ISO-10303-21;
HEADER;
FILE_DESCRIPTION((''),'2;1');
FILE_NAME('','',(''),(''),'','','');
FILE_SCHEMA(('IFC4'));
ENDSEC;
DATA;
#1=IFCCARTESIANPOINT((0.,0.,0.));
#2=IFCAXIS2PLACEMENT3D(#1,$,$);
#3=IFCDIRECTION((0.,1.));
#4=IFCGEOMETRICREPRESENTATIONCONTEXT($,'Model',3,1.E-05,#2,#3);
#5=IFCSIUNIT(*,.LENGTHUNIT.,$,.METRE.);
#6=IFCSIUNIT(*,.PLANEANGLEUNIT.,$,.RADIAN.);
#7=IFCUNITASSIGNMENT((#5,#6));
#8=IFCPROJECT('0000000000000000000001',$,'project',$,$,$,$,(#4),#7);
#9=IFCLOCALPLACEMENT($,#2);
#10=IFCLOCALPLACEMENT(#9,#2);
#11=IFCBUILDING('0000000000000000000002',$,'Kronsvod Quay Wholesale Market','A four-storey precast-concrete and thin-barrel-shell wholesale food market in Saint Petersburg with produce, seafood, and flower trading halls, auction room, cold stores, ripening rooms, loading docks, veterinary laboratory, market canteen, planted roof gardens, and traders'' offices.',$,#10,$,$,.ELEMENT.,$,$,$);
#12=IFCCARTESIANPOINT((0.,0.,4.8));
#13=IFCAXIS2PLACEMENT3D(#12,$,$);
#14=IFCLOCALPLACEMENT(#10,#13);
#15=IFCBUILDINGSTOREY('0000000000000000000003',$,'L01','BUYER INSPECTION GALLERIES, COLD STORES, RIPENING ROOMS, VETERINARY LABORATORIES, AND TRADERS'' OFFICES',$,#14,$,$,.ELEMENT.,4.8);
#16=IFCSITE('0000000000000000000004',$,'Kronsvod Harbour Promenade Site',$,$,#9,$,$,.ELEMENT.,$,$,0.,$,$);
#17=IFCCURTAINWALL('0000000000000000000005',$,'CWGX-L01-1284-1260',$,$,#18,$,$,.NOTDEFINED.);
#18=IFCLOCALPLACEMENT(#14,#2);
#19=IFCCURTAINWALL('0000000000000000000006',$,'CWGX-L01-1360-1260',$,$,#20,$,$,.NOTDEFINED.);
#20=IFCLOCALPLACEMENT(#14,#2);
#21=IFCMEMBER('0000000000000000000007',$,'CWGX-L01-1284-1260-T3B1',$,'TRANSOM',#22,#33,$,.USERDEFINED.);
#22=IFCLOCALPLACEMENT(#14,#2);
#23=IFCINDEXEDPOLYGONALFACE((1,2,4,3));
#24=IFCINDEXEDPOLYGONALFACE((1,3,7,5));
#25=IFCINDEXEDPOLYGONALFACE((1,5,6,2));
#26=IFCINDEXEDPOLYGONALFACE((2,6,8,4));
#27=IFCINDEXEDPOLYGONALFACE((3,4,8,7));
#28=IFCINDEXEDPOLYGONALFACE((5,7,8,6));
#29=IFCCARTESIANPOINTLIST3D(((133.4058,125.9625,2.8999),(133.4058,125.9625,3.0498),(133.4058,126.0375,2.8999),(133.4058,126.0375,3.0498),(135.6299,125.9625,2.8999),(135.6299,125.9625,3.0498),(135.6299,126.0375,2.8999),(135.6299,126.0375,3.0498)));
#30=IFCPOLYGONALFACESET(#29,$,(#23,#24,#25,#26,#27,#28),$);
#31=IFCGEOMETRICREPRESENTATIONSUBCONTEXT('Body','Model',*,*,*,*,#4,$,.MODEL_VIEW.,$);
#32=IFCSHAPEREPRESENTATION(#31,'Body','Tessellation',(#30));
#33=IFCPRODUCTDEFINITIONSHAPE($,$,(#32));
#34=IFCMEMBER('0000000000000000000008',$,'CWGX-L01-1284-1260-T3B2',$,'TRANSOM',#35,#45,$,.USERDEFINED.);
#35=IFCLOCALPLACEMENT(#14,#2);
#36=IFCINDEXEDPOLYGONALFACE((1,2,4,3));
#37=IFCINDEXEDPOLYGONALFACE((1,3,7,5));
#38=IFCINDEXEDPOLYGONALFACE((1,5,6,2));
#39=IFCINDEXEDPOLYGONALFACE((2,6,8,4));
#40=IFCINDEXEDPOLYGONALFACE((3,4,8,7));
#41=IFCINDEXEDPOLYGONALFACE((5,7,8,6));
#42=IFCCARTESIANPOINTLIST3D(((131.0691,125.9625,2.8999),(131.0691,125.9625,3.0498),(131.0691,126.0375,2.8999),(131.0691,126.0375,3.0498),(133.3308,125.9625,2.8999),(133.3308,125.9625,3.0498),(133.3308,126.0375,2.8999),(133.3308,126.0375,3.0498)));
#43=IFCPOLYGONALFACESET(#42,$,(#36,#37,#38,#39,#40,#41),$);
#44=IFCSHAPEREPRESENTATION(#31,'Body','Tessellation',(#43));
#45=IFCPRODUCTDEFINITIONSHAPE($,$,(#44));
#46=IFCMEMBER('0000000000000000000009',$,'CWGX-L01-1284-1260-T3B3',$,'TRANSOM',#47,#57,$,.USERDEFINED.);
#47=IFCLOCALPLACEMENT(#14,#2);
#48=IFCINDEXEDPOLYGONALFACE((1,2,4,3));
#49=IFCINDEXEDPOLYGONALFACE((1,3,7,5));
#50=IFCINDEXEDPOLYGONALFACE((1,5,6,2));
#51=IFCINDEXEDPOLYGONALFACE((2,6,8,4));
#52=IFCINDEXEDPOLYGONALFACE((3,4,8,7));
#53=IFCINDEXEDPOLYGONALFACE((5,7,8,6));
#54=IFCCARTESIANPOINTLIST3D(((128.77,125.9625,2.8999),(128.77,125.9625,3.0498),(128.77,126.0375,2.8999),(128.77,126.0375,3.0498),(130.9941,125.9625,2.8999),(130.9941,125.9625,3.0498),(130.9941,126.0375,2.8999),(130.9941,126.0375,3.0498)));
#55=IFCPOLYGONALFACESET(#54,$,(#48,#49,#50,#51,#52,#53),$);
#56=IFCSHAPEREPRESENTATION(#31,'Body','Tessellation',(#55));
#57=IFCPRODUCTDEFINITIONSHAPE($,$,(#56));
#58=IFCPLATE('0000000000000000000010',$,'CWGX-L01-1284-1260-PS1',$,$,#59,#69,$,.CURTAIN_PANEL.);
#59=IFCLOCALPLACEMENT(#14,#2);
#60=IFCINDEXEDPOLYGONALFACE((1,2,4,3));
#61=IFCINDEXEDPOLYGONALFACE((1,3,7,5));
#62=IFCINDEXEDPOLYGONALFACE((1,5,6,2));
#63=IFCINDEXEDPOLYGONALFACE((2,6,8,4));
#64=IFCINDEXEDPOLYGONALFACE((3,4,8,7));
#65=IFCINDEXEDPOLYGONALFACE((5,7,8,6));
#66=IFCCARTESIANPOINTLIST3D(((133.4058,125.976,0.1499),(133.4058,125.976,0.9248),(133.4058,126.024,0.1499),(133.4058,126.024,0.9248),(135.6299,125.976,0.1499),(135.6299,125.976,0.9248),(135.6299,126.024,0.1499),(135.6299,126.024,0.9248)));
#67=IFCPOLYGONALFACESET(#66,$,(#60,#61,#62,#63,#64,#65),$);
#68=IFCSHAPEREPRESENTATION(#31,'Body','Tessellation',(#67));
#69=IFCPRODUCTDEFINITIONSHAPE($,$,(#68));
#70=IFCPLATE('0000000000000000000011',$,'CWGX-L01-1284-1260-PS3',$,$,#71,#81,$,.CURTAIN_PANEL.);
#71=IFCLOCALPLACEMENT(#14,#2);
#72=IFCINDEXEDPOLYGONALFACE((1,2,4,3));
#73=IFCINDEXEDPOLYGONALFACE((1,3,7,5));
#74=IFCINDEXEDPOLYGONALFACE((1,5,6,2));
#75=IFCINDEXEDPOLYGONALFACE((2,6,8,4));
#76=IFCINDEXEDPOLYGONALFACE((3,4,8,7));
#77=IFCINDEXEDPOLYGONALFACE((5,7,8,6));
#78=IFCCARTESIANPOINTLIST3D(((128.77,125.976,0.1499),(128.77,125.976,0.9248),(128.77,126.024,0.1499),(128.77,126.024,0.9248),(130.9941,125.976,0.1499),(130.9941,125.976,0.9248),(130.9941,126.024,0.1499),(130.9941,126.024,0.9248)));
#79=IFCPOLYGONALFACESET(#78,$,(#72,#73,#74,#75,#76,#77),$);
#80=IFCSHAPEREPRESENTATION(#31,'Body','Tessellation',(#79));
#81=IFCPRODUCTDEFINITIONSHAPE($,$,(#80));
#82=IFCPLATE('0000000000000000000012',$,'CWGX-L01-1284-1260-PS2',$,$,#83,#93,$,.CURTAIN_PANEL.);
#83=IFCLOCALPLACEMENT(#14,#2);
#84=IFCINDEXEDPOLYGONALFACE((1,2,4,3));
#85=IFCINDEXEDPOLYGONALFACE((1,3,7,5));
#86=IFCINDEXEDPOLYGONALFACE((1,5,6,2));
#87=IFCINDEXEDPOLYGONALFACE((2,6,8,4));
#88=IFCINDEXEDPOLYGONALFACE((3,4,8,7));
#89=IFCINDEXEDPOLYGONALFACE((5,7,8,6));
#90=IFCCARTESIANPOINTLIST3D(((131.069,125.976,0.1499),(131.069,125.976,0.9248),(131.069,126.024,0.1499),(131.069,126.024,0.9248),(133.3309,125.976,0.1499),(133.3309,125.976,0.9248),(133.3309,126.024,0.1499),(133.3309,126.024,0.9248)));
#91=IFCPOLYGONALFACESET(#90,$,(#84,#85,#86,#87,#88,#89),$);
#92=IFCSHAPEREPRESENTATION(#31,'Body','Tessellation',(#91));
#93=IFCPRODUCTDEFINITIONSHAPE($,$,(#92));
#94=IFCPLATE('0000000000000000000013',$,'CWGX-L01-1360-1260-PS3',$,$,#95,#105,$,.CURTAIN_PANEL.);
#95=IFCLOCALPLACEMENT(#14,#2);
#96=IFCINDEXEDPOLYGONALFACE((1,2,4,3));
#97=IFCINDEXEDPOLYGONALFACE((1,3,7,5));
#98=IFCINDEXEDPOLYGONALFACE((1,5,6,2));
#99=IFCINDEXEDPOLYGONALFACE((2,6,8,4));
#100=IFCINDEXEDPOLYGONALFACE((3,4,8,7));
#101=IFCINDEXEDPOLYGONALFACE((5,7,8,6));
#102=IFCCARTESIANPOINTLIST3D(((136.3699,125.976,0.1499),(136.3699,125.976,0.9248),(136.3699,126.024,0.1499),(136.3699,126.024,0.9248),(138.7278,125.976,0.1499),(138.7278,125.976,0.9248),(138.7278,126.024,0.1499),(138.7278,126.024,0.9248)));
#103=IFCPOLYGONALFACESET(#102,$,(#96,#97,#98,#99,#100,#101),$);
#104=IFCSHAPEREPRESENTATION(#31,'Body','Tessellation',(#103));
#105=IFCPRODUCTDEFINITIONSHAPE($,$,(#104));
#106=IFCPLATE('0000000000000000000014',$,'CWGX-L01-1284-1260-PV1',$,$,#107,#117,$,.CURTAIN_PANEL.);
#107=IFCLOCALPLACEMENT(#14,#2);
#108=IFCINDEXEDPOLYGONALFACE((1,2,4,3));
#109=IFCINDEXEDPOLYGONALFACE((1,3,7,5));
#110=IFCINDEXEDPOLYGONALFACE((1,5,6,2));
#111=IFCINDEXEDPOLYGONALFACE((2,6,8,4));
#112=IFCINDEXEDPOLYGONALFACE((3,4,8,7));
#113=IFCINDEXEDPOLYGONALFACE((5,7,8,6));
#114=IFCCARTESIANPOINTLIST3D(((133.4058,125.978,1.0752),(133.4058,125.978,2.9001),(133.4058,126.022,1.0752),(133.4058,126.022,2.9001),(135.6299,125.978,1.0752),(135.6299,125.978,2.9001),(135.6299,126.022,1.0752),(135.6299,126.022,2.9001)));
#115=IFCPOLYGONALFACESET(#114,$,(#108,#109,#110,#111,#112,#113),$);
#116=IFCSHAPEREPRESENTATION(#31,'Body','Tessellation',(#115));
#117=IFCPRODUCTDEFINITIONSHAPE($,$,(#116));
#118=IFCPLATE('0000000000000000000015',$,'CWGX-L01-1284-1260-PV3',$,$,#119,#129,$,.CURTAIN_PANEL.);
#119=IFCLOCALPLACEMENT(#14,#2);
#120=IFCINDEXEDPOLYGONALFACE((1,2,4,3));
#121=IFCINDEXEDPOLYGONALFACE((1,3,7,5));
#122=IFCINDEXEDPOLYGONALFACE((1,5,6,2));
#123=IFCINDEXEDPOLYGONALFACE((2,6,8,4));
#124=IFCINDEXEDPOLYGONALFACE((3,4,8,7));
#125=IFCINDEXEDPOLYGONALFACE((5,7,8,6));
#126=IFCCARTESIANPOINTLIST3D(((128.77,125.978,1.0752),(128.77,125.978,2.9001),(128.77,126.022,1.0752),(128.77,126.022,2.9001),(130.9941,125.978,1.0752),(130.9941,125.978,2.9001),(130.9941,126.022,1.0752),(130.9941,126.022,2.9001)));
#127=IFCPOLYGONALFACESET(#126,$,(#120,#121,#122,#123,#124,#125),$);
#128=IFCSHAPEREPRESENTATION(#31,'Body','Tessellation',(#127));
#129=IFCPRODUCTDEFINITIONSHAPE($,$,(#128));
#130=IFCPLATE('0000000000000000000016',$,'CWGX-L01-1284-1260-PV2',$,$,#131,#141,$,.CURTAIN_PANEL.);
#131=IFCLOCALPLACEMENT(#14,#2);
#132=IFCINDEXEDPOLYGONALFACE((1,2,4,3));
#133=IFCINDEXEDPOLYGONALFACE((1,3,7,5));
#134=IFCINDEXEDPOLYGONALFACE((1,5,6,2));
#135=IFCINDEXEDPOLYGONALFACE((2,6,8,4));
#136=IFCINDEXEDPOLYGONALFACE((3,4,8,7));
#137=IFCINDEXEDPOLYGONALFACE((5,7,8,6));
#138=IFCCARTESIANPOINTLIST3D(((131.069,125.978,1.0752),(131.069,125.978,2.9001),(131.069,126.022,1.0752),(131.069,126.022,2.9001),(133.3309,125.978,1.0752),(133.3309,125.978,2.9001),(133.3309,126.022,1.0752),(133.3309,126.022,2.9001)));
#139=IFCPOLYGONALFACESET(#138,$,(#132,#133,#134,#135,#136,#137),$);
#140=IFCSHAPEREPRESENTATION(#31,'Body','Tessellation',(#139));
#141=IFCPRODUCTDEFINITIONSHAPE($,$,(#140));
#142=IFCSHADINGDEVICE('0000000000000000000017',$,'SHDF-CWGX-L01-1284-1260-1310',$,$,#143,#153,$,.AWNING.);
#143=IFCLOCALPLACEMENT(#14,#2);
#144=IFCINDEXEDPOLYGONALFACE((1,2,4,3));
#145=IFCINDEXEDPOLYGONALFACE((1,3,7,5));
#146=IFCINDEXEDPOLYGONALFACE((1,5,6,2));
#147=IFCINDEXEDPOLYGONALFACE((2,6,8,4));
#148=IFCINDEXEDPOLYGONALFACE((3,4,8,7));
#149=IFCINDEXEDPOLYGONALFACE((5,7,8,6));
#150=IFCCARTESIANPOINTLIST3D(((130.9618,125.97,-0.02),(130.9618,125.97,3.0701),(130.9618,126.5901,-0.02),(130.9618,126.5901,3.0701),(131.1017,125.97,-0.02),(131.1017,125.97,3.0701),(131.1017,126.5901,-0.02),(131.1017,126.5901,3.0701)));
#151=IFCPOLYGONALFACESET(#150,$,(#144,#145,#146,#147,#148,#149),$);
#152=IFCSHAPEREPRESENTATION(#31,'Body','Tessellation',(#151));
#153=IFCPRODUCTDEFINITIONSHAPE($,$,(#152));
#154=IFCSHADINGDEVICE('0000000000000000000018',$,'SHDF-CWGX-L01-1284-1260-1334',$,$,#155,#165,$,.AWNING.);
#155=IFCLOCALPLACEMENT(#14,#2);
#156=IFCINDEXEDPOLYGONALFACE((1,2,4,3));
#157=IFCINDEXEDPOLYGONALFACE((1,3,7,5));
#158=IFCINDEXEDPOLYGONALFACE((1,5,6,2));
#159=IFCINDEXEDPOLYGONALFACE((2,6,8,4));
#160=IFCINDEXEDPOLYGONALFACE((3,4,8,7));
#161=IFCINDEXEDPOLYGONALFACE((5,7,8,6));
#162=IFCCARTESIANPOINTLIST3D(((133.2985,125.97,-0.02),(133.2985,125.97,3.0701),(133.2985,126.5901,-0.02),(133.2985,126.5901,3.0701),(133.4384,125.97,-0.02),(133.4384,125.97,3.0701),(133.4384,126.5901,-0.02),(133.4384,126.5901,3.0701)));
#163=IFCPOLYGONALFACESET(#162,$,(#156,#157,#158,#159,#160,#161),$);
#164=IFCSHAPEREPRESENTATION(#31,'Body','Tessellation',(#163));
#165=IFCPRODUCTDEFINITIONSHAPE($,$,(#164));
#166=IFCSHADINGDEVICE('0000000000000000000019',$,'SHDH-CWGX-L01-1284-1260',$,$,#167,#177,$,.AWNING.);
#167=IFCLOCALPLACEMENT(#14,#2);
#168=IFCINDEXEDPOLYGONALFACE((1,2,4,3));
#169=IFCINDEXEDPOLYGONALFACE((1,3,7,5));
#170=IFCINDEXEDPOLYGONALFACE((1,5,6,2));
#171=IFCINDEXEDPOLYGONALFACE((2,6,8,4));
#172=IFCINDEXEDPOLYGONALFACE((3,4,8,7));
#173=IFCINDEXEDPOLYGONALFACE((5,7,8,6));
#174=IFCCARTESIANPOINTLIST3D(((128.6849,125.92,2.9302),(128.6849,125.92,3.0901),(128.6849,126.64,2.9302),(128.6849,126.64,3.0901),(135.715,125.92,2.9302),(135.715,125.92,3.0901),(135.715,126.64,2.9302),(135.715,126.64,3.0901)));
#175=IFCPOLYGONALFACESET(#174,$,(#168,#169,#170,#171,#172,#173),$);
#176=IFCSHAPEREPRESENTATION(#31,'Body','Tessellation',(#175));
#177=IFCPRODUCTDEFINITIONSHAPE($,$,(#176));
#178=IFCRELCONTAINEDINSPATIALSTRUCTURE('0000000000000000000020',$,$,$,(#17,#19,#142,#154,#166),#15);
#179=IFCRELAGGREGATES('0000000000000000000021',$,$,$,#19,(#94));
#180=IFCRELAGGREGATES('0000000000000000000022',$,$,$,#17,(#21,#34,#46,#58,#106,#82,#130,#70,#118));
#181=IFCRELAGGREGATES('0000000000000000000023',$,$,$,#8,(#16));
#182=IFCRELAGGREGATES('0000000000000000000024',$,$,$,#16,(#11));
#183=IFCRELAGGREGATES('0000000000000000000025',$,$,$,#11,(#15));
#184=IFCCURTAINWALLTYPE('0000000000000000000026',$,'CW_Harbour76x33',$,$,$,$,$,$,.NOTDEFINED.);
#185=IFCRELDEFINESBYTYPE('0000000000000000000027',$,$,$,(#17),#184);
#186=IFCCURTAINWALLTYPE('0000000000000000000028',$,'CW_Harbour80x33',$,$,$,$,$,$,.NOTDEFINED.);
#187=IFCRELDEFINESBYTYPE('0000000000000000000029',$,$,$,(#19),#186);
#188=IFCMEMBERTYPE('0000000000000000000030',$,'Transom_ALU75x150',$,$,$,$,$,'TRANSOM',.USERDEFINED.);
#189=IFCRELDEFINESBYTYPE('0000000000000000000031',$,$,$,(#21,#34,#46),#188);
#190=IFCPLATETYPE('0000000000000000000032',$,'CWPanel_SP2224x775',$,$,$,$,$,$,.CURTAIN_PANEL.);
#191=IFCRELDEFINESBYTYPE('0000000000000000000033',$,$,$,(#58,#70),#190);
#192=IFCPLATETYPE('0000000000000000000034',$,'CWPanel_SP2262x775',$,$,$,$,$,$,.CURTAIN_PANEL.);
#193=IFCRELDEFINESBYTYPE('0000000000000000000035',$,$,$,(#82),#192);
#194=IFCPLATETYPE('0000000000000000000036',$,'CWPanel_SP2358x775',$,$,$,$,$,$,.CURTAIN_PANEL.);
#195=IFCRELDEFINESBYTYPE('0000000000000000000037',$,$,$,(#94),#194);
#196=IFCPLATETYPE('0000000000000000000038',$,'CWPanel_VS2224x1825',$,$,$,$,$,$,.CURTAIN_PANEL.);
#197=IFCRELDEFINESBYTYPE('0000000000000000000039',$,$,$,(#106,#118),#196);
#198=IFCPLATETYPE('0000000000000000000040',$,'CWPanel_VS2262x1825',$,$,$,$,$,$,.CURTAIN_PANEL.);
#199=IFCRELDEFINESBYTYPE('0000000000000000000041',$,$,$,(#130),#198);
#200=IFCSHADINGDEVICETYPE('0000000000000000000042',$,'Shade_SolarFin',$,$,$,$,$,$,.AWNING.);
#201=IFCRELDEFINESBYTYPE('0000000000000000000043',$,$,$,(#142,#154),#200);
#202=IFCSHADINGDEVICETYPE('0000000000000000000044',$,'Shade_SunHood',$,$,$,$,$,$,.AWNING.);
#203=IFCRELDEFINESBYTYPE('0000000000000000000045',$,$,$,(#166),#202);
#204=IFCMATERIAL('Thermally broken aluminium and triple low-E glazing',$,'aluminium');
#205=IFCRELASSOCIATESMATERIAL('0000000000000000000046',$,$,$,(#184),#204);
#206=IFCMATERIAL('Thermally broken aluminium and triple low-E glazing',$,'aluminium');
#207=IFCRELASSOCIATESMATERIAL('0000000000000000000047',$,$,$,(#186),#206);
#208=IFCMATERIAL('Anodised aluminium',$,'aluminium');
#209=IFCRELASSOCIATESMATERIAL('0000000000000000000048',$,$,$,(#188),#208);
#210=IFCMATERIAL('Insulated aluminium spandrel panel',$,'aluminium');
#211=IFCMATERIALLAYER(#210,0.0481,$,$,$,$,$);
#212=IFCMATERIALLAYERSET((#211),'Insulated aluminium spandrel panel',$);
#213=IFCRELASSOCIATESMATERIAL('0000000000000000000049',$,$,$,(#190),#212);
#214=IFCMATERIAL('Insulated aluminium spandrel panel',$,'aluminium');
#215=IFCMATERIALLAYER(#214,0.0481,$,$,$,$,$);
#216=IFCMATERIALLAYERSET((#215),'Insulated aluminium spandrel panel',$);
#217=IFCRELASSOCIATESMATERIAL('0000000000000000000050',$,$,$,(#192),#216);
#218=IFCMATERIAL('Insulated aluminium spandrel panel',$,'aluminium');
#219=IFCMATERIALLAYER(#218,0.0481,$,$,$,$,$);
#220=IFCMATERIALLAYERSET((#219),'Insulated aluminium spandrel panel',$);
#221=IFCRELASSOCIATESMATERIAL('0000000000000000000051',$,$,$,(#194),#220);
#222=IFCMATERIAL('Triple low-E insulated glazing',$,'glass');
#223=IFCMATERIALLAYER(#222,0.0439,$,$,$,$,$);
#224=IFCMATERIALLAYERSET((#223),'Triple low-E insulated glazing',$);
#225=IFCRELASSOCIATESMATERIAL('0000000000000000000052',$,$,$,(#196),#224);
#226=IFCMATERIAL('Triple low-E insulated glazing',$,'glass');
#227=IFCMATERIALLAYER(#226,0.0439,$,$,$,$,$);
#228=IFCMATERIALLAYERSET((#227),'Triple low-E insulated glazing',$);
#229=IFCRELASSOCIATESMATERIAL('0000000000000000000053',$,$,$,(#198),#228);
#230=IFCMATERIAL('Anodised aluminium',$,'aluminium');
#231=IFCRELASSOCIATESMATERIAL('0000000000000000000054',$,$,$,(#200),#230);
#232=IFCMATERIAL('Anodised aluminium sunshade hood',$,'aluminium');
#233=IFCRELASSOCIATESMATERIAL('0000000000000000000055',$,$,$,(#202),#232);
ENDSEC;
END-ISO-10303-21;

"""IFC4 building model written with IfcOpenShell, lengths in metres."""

from ifc_helpers import new_model, si_unit, direction, frame, origin, origin_2d, place, context, subcontext, project, spatial, rectangle, extrude, material, layer, layer_set, material_profile, profile_set, type_object, element, aggregate, save


model = new_model("IFC4")

# Units and contexts
model_context = context("Model", 3, precision=1e-05, world=origin(), true_north=direction((0.0, 1.0)))
body_context = subcontext(model_context, "Body", "Model", "MODEL_VIEW")
ifc_project = project(units=[si_unit("LENGTHUNIT", "METRE"), si_unit("PLANEANGLEUNIT", "RADIAN")], contexts=[model_context])

# Site, building, storey
site_placement = place(None, origin())
site = spatial("IfcSite", under=ifc_project, at=site_placement, Name="Kronsvod Harbour Promenade Site", CompositionType="ELEMENT", RefElevation=0.0)
building_placement = place(site_placement, origin())
building = spatial("IfcBuilding", under=site, at=building_placement, Name="Kronsvod Quay Wholesale Market", Description="A four-storey precast-concrete and thin-barrel-shell wholesale food market in Saint Petersburg with produce, seafood, and flower trading halls, auction room, cold stores, ripening rooms, loading docks, veterinary laboratory, market canteen, planted roof gardens, and traders' offices.", CompositionType="ELEMENT")
storey_placement = place(building_placement, frame((0.0, 0.0, 4.8)))
storey = spatial("IfcBuildingStorey", under=building, at=storey_placement, Name="L01", Description="BUYER INSPECTION GALLERIES, COLD STORES, RIPENING ROOMS, VETERINARY LABORATORIES, AND TRADERS' OFFICES", CompositionType="ELEMENT", Elevation=4.8)

# Shared definitions
ifc_material_1 = material(Name="Thermally broken aluminium and triple low-E glazing", Category="aluminium")
curtain_wall_type_1 = type_object("IfcCurtainWallType", Name="CW_Harbour76x33", PredefinedType="NOTDEFINED", material=ifc_material_1)

# Curtain wall
curtain_wall_1_placement = place(storey_placement, origin())
curtain_wall_1 = element("IfcCurtainWall", 1, at=curtain_wall_1_placement, inside=storey, type_object=curtain_wall_type_1, Name="CWGX-L01-1284-1260", PredefinedType="NOTDEFINED")

# Curtain wall
ifc_material_2 = material(Name="Thermally broken aluminium and triple low-E glazing", Category="aluminium")
curtain_wall_type_2 = type_object("IfcCurtainWallType", Name="CW_Harbour80x33", PredefinedType="NOTDEFINED", material=ifc_material_2)
curtain_wall_2_placement = place(storey_placement, origin())
curtain_wall_2 = element("IfcCurtainWall", 2, at=curtain_wall_2_placement, inside=storey, type_object=curtain_wall_type_2, Name="CWGX-L01-1360-1260", PredefinedType="NOTDEFINED")

# Members
ifc_material_3 = material(Name="Anodised aluminium", Category="aluminium")
ifc_material_profile_1 = material_profile(ifc_material_3, rectangle(XDim=0.075, YDim=0.1499, at=origin_2d()), Name="ALUT75x150")
ifc_profile_set_1 = profile_set([ifc_material_profile_1], Name="Anodised aluminium")
member_type_1 = type_object("IfcMemberType", Name="Transom_ALU75x150", ElementType="TRANSOM", PredefinedType="USERDEFINED", material=ifc_profile_set_1)
member_1_placement = place(storey_placement, frame((135.6299, 126.0, 2.9749), z_axis=(-1.0, 0.0, 0.0), x_axis=(0.0, -1.0, 0.0)))
member_1 = element("IfcMember", 3, at=member_1_placement, type_object=member_type_1, Name="CWGX-L01-1284-1260-T3B1", ObjectType="TRANSOM", PredefinedType="USERDEFINED", context=body_context, shape_type="SweptSolid", body=[
    extrude(rectangle(XDim=0.075, YDim=0.1499, at=origin_2d()), origin(), (0.0, 0.0, 1.0), 2.2241),
])
member_2_placement = place(storey_placement, frame((133.3308, 126.0, 2.9749), z_axis=(-1.0, 0.0, 0.0), x_axis=(0.0, -1.0, 0.0)))
member_2 = element("IfcMember", 4, at=member_2_placement, type_object=member_type_1, Name="CWGX-L01-1284-1260-T3B2", ObjectType="TRANSOM", PredefinedType="USERDEFINED", context=body_context, shape_type="SweptSolid", body=[
    extrude(rectangle(XDim=0.075, YDim=0.1499, at=origin_2d()), origin(), (0.0, 0.0, 1.0), 2.2617),
])
member_3_placement = place(storey_placement, frame((130.9941, 126.0, 2.9749), z_axis=(-1.0, 0.0, 0.0), x_axis=(0.0, -1.0, 0.0)))
member_3 = element("IfcMember", 5, at=member_3_placement, type_object=member_type_1, Name="CWGX-L01-1284-1260-T3B3", ObjectType="TRANSOM", PredefinedType="USERDEFINED", context=body_context, shape_type="SweptSolid", body=[
    extrude(rectangle(XDim=0.075, YDim=0.1499, at=origin_2d()), origin(), (0.0, 0.0, 1.0), 2.2241),
])

# Plates
ifc_material_4 = material(Name="Insulated aluminium spandrel panel", Category="aluminium")
ifc_layer_1 = layer(ifc_material_4, 0.0481)
ifc_layer_set_1 = layer_set([ifc_layer_1], Name="Insulated aluminium spandrel panel")
plate_type_1 = type_object("IfcPlateType", Name="CWPanel_SP2224x775", PredefinedType="CURTAIN_PANEL", material=ifc_layer_set_1)
plate_1_placement = place(storey_placement, frame((134.5178, 126.0, 0.1499), z_axis=(0.0, 0.0, 1.0), x_axis=(-1.0, 0.0, 0.0)))
plate_1 = element("IfcPlate", 6, at=plate_1_placement, type_object=plate_type_1, Name="CWGX-L01-1284-1260-PS1", PredefinedType="CURTAIN_PANEL", context=body_context, shape_type="SweptSolid", body=[
    extrude(rectangle(XDim=2.2241, YDim=0.0481, at=origin_2d()), origin(), (0.0, 0.0, 1.0), 0.7749),
])
plate_2_placement = place(storey_placement, frame((129.8821, 126.0, 0.1499), z_axis=(0.0, 0.0, 1.0), x_axis=(-1.0, 0.0, 0.0)))
plate_2 = element("IfcPlate", 7, at=plate_2_placement, type_object=plate_type_1, Name="CWGX-L01-1284-1260-PS3", PredefinedType="CURTAIN_PANEL", context=body_context, shape_type="SweptSolid", body=[
    extrude(rectangle(XDim=2.2241, YDim=0.0481, at=origin_2d()), origin(), (0.0, 0.0, 1.0), 0.7749),
])
ifc_material_5 = material(Name="Insulated aluminium spandrel panel", Category="aluminium")
ifc_layer_2 = layer(ifc_material_5, 0.0481)
ifc_layer_set_2 = layer_set([ifc_layer_2], Name="Insulated aluminium spandrel panel")
plate_type_2 = type_object("IfcPlateType", Name="CWPanel_SP2262x775", PredefinedType="CURTAIN_PANEL", material=ifc_layer_set_2)
plate_3_placement = place(storey_placement, frame((132.2, 126.0, 0.1499), z_axis=(0.0, 0.0, 1.0), x_axis=(-1.0, 0.0, 0.0)))
plate_3 = element("IfcPlate", 8, at=plate_3_placement, type_object=plate_type_2, Name="CWGX-L01-1284-1260-PS2", PredefinedType="CURTAIN_PANEL", context=body_context, shape_type="SweptSolid", body=[
    extrude(rectangle(XDim=2.262, YDim=0.0481, at=origin_2d()), origin(), (0.0, 0.0, 1.0), 0.7749),
])
ifc_material_6 = material(Name="Insulated aluminium spandrel panel", Category="aluminium")
ifc_layer_3 = layer(ifc_material_6, 0.0481)
ifc_layer_set_3 = layer_set([ifc_layer_3], Name="Insulated aluminium spandrel panel")
plate_type_3 = type_object("IfcPlateType", Name="CWPanel_SP2358x775", PredefinedType="CURTAIN_PANEL", material=ifc_layer_set_3)
plate_4_placement = place(storey_placement, frame((137.5488, 126.0, 0.1499), z_axis=(0.0, 0.0, 1.0), x_axis=(-1.0, 0.0, 0.0)))
plate_4 = element("IfcPlate", 9, at=plate_4_placement, type_object=plate_type_3, Name="CWGX-L01-1360-1260-PS3", PredefinedType="CURTAIN_PANEL", context=body_context, shape_type="SweptSolid", body=[
    extrude(rectangle(XDim=2.3579, YDim=0.0481, at=origin_2d()), origin(), (0.0, 0.0, 1.0), 0.7749),
])
aggregate(curtain_wall_2, [plate_4])
ifc_material_7 = material(Name="Triple low-E insulated glazing", Category="glass")
ifc_layer_4 = layer(ifc_material_7, 0.0439)
ifc_layer_set_4 = layer_set([ifc_layer_4], Name="Triple low-E insulated glazing")
plate_type_4 = type_object("IfcPlateType", Name="CWPanel_VS2224x1825", PredefinedType="CURTAIN_PANEL", material=ifc_layer_set_4)
plate_5_placement = place(storey_placement, frame((134.5178, 126.0, 1.0752), z_axis=(0.0, 0.0, 1.0), x_axis=(-1.0, 0.0, 0.0)))
plate_5 = element("IfcPlate", 10, at=plate_5_placement, type_object=plate_type_4, Name="CWGX-L01-1284-1260-PV1", PredefinedType="CURTAIN_PANEL", context=body_context, shape_type="SweptSolid", body=[
    extrude(rectangle(XDim=2.2241, YDim=0.0439, at=origin_2d()), origin(), (0.0, 0.0, 1.0), 1.825),
])
plate_6_placement = place(storey_placement, frame((129.8821, 126.0, 1.0752), z_axis=(0.0, 0.0, 1.0), x_axis=(-1.0, 0.0, 0.0)))
plate_6 = element("IfcPlate", 11, at=plate_6_placement, type_object=plate_type_4, Name="CWGX-L01-1284-1260-PV3", PredefinedType="CURTAIN_PANEL", context=body_context, shape_type="SweptSolid", body=[
    extrude(rectangle(XDim=2.2241, YDim=0.0439, at=origin_2d()), origin(), (0.0, 0.0, 1.0), 1.825),
])
ifc_material_8 = material(Name="Triple low-E insulated glazing", Category="glass")
ifc_layer_5 = layer(ifc_material_8, 0.0439)
ifc_layer_set_5 = layer_set([ifc_layer_5], Name="Triple low-E insulated glazing")
plate_type_5 = type_object("IfcPlateType", Name="CWPanel_VS2262x1825", PredefinedType="CURTAIN_PANEL", material=ifc_layer_set_5)
plate_7_placement = place(storey_placement, frame((132.2, 126.0, 1.0752), z_axis=(0.0, 0.0, 1.0), x_axis=(-1.0, 0.0, 0.0)))
plate_7 = element("IfcPlate", 12, at=plate_7_placement, type_object=plate_type_5, Name="CWGX-L01-1284-1260-PV2", PredefinedType="CURTAIN_PANEL", context=body_context, shape_type="SweptSolid", body=[
    extrude(rectangle(XDim=2.262, YDim=0.0439, at=origin_2d()), origin(), (0.0, 0.0, 1.0), 1.825),
])
aggregate(curtain_wall_1, [member_1, member_2, member_3, plate_1, plate_5, plate_3, plate_7, plate_2, plate_6])

# Shading devices
ifc_material_9 = material(Name="Anodised aluminium", Category="aluminium")
shading_device_type_1 = type_object("IfcShadingDeviceType", Name="Shade_SolarFin", PredefinedType="AWNING", material=ifc_material_9)
for number, where, z_axis, x_axis, name in (
    (13, (131.0317, 126.28, -0.02), (0.0, 0.0, 1.0), (1.0, 0.0, 0.0), "SHDF-CWGX-L01-1284-1260-1310"),
    (14, (133.3684, 126.28, -0.02), (0.0, 0.0, 1.0), (1.0, 0.0, 0.0), "SHDF-CWGX-L01-1284-1260-1334"),
):
    element("IfcShadingDevice", number, at=place(storey_placement, frame(where, z_axis=z_axis, x_axis=x_axis)), inside=storey, type_object=shading_device_type_1, Name=name, PredefinedType="AWNING", context=body_context, shape_type="SweptSolid", body=[
        extrude(rectangle(XDim=0.1399, YDim=0.6201, at=origin_2d()), origin(), (0.0, 0.0, 1.0), 3.0901),
    ])
ifc_material_10 = material(Name="Anodised aluminium sunshade hood", Category="aluminium")
shading_device_type_2 = type_object("IfcShadingDeviceType", Name="Shade_SunHood", PredefinedType="AWNING", material=ifc_material_10)
shading_device_placement = place(storey_placement, frame((132.2, 126.28, 2.9302), z_axis=(0.0, 0.0, 1.0), x_axis=(1.0, 0.0, 0.0)))
element("IfcShadingDevice", 15, at=shading_device_placement, inside=storey, type_object=shading_device_type_2, Name="SHDH-CWGX-L01-1284-1260", PredefinedType="AWNING", context=body_context, shape_type="SweptSolid", body=[
    extrude(rectangle(XDim=7.03, YDim=0.72, at=origin_2d()), origin(), (0.0, 0.0, 1.0), 0.1599),
])

save(model, "model.ifc")
